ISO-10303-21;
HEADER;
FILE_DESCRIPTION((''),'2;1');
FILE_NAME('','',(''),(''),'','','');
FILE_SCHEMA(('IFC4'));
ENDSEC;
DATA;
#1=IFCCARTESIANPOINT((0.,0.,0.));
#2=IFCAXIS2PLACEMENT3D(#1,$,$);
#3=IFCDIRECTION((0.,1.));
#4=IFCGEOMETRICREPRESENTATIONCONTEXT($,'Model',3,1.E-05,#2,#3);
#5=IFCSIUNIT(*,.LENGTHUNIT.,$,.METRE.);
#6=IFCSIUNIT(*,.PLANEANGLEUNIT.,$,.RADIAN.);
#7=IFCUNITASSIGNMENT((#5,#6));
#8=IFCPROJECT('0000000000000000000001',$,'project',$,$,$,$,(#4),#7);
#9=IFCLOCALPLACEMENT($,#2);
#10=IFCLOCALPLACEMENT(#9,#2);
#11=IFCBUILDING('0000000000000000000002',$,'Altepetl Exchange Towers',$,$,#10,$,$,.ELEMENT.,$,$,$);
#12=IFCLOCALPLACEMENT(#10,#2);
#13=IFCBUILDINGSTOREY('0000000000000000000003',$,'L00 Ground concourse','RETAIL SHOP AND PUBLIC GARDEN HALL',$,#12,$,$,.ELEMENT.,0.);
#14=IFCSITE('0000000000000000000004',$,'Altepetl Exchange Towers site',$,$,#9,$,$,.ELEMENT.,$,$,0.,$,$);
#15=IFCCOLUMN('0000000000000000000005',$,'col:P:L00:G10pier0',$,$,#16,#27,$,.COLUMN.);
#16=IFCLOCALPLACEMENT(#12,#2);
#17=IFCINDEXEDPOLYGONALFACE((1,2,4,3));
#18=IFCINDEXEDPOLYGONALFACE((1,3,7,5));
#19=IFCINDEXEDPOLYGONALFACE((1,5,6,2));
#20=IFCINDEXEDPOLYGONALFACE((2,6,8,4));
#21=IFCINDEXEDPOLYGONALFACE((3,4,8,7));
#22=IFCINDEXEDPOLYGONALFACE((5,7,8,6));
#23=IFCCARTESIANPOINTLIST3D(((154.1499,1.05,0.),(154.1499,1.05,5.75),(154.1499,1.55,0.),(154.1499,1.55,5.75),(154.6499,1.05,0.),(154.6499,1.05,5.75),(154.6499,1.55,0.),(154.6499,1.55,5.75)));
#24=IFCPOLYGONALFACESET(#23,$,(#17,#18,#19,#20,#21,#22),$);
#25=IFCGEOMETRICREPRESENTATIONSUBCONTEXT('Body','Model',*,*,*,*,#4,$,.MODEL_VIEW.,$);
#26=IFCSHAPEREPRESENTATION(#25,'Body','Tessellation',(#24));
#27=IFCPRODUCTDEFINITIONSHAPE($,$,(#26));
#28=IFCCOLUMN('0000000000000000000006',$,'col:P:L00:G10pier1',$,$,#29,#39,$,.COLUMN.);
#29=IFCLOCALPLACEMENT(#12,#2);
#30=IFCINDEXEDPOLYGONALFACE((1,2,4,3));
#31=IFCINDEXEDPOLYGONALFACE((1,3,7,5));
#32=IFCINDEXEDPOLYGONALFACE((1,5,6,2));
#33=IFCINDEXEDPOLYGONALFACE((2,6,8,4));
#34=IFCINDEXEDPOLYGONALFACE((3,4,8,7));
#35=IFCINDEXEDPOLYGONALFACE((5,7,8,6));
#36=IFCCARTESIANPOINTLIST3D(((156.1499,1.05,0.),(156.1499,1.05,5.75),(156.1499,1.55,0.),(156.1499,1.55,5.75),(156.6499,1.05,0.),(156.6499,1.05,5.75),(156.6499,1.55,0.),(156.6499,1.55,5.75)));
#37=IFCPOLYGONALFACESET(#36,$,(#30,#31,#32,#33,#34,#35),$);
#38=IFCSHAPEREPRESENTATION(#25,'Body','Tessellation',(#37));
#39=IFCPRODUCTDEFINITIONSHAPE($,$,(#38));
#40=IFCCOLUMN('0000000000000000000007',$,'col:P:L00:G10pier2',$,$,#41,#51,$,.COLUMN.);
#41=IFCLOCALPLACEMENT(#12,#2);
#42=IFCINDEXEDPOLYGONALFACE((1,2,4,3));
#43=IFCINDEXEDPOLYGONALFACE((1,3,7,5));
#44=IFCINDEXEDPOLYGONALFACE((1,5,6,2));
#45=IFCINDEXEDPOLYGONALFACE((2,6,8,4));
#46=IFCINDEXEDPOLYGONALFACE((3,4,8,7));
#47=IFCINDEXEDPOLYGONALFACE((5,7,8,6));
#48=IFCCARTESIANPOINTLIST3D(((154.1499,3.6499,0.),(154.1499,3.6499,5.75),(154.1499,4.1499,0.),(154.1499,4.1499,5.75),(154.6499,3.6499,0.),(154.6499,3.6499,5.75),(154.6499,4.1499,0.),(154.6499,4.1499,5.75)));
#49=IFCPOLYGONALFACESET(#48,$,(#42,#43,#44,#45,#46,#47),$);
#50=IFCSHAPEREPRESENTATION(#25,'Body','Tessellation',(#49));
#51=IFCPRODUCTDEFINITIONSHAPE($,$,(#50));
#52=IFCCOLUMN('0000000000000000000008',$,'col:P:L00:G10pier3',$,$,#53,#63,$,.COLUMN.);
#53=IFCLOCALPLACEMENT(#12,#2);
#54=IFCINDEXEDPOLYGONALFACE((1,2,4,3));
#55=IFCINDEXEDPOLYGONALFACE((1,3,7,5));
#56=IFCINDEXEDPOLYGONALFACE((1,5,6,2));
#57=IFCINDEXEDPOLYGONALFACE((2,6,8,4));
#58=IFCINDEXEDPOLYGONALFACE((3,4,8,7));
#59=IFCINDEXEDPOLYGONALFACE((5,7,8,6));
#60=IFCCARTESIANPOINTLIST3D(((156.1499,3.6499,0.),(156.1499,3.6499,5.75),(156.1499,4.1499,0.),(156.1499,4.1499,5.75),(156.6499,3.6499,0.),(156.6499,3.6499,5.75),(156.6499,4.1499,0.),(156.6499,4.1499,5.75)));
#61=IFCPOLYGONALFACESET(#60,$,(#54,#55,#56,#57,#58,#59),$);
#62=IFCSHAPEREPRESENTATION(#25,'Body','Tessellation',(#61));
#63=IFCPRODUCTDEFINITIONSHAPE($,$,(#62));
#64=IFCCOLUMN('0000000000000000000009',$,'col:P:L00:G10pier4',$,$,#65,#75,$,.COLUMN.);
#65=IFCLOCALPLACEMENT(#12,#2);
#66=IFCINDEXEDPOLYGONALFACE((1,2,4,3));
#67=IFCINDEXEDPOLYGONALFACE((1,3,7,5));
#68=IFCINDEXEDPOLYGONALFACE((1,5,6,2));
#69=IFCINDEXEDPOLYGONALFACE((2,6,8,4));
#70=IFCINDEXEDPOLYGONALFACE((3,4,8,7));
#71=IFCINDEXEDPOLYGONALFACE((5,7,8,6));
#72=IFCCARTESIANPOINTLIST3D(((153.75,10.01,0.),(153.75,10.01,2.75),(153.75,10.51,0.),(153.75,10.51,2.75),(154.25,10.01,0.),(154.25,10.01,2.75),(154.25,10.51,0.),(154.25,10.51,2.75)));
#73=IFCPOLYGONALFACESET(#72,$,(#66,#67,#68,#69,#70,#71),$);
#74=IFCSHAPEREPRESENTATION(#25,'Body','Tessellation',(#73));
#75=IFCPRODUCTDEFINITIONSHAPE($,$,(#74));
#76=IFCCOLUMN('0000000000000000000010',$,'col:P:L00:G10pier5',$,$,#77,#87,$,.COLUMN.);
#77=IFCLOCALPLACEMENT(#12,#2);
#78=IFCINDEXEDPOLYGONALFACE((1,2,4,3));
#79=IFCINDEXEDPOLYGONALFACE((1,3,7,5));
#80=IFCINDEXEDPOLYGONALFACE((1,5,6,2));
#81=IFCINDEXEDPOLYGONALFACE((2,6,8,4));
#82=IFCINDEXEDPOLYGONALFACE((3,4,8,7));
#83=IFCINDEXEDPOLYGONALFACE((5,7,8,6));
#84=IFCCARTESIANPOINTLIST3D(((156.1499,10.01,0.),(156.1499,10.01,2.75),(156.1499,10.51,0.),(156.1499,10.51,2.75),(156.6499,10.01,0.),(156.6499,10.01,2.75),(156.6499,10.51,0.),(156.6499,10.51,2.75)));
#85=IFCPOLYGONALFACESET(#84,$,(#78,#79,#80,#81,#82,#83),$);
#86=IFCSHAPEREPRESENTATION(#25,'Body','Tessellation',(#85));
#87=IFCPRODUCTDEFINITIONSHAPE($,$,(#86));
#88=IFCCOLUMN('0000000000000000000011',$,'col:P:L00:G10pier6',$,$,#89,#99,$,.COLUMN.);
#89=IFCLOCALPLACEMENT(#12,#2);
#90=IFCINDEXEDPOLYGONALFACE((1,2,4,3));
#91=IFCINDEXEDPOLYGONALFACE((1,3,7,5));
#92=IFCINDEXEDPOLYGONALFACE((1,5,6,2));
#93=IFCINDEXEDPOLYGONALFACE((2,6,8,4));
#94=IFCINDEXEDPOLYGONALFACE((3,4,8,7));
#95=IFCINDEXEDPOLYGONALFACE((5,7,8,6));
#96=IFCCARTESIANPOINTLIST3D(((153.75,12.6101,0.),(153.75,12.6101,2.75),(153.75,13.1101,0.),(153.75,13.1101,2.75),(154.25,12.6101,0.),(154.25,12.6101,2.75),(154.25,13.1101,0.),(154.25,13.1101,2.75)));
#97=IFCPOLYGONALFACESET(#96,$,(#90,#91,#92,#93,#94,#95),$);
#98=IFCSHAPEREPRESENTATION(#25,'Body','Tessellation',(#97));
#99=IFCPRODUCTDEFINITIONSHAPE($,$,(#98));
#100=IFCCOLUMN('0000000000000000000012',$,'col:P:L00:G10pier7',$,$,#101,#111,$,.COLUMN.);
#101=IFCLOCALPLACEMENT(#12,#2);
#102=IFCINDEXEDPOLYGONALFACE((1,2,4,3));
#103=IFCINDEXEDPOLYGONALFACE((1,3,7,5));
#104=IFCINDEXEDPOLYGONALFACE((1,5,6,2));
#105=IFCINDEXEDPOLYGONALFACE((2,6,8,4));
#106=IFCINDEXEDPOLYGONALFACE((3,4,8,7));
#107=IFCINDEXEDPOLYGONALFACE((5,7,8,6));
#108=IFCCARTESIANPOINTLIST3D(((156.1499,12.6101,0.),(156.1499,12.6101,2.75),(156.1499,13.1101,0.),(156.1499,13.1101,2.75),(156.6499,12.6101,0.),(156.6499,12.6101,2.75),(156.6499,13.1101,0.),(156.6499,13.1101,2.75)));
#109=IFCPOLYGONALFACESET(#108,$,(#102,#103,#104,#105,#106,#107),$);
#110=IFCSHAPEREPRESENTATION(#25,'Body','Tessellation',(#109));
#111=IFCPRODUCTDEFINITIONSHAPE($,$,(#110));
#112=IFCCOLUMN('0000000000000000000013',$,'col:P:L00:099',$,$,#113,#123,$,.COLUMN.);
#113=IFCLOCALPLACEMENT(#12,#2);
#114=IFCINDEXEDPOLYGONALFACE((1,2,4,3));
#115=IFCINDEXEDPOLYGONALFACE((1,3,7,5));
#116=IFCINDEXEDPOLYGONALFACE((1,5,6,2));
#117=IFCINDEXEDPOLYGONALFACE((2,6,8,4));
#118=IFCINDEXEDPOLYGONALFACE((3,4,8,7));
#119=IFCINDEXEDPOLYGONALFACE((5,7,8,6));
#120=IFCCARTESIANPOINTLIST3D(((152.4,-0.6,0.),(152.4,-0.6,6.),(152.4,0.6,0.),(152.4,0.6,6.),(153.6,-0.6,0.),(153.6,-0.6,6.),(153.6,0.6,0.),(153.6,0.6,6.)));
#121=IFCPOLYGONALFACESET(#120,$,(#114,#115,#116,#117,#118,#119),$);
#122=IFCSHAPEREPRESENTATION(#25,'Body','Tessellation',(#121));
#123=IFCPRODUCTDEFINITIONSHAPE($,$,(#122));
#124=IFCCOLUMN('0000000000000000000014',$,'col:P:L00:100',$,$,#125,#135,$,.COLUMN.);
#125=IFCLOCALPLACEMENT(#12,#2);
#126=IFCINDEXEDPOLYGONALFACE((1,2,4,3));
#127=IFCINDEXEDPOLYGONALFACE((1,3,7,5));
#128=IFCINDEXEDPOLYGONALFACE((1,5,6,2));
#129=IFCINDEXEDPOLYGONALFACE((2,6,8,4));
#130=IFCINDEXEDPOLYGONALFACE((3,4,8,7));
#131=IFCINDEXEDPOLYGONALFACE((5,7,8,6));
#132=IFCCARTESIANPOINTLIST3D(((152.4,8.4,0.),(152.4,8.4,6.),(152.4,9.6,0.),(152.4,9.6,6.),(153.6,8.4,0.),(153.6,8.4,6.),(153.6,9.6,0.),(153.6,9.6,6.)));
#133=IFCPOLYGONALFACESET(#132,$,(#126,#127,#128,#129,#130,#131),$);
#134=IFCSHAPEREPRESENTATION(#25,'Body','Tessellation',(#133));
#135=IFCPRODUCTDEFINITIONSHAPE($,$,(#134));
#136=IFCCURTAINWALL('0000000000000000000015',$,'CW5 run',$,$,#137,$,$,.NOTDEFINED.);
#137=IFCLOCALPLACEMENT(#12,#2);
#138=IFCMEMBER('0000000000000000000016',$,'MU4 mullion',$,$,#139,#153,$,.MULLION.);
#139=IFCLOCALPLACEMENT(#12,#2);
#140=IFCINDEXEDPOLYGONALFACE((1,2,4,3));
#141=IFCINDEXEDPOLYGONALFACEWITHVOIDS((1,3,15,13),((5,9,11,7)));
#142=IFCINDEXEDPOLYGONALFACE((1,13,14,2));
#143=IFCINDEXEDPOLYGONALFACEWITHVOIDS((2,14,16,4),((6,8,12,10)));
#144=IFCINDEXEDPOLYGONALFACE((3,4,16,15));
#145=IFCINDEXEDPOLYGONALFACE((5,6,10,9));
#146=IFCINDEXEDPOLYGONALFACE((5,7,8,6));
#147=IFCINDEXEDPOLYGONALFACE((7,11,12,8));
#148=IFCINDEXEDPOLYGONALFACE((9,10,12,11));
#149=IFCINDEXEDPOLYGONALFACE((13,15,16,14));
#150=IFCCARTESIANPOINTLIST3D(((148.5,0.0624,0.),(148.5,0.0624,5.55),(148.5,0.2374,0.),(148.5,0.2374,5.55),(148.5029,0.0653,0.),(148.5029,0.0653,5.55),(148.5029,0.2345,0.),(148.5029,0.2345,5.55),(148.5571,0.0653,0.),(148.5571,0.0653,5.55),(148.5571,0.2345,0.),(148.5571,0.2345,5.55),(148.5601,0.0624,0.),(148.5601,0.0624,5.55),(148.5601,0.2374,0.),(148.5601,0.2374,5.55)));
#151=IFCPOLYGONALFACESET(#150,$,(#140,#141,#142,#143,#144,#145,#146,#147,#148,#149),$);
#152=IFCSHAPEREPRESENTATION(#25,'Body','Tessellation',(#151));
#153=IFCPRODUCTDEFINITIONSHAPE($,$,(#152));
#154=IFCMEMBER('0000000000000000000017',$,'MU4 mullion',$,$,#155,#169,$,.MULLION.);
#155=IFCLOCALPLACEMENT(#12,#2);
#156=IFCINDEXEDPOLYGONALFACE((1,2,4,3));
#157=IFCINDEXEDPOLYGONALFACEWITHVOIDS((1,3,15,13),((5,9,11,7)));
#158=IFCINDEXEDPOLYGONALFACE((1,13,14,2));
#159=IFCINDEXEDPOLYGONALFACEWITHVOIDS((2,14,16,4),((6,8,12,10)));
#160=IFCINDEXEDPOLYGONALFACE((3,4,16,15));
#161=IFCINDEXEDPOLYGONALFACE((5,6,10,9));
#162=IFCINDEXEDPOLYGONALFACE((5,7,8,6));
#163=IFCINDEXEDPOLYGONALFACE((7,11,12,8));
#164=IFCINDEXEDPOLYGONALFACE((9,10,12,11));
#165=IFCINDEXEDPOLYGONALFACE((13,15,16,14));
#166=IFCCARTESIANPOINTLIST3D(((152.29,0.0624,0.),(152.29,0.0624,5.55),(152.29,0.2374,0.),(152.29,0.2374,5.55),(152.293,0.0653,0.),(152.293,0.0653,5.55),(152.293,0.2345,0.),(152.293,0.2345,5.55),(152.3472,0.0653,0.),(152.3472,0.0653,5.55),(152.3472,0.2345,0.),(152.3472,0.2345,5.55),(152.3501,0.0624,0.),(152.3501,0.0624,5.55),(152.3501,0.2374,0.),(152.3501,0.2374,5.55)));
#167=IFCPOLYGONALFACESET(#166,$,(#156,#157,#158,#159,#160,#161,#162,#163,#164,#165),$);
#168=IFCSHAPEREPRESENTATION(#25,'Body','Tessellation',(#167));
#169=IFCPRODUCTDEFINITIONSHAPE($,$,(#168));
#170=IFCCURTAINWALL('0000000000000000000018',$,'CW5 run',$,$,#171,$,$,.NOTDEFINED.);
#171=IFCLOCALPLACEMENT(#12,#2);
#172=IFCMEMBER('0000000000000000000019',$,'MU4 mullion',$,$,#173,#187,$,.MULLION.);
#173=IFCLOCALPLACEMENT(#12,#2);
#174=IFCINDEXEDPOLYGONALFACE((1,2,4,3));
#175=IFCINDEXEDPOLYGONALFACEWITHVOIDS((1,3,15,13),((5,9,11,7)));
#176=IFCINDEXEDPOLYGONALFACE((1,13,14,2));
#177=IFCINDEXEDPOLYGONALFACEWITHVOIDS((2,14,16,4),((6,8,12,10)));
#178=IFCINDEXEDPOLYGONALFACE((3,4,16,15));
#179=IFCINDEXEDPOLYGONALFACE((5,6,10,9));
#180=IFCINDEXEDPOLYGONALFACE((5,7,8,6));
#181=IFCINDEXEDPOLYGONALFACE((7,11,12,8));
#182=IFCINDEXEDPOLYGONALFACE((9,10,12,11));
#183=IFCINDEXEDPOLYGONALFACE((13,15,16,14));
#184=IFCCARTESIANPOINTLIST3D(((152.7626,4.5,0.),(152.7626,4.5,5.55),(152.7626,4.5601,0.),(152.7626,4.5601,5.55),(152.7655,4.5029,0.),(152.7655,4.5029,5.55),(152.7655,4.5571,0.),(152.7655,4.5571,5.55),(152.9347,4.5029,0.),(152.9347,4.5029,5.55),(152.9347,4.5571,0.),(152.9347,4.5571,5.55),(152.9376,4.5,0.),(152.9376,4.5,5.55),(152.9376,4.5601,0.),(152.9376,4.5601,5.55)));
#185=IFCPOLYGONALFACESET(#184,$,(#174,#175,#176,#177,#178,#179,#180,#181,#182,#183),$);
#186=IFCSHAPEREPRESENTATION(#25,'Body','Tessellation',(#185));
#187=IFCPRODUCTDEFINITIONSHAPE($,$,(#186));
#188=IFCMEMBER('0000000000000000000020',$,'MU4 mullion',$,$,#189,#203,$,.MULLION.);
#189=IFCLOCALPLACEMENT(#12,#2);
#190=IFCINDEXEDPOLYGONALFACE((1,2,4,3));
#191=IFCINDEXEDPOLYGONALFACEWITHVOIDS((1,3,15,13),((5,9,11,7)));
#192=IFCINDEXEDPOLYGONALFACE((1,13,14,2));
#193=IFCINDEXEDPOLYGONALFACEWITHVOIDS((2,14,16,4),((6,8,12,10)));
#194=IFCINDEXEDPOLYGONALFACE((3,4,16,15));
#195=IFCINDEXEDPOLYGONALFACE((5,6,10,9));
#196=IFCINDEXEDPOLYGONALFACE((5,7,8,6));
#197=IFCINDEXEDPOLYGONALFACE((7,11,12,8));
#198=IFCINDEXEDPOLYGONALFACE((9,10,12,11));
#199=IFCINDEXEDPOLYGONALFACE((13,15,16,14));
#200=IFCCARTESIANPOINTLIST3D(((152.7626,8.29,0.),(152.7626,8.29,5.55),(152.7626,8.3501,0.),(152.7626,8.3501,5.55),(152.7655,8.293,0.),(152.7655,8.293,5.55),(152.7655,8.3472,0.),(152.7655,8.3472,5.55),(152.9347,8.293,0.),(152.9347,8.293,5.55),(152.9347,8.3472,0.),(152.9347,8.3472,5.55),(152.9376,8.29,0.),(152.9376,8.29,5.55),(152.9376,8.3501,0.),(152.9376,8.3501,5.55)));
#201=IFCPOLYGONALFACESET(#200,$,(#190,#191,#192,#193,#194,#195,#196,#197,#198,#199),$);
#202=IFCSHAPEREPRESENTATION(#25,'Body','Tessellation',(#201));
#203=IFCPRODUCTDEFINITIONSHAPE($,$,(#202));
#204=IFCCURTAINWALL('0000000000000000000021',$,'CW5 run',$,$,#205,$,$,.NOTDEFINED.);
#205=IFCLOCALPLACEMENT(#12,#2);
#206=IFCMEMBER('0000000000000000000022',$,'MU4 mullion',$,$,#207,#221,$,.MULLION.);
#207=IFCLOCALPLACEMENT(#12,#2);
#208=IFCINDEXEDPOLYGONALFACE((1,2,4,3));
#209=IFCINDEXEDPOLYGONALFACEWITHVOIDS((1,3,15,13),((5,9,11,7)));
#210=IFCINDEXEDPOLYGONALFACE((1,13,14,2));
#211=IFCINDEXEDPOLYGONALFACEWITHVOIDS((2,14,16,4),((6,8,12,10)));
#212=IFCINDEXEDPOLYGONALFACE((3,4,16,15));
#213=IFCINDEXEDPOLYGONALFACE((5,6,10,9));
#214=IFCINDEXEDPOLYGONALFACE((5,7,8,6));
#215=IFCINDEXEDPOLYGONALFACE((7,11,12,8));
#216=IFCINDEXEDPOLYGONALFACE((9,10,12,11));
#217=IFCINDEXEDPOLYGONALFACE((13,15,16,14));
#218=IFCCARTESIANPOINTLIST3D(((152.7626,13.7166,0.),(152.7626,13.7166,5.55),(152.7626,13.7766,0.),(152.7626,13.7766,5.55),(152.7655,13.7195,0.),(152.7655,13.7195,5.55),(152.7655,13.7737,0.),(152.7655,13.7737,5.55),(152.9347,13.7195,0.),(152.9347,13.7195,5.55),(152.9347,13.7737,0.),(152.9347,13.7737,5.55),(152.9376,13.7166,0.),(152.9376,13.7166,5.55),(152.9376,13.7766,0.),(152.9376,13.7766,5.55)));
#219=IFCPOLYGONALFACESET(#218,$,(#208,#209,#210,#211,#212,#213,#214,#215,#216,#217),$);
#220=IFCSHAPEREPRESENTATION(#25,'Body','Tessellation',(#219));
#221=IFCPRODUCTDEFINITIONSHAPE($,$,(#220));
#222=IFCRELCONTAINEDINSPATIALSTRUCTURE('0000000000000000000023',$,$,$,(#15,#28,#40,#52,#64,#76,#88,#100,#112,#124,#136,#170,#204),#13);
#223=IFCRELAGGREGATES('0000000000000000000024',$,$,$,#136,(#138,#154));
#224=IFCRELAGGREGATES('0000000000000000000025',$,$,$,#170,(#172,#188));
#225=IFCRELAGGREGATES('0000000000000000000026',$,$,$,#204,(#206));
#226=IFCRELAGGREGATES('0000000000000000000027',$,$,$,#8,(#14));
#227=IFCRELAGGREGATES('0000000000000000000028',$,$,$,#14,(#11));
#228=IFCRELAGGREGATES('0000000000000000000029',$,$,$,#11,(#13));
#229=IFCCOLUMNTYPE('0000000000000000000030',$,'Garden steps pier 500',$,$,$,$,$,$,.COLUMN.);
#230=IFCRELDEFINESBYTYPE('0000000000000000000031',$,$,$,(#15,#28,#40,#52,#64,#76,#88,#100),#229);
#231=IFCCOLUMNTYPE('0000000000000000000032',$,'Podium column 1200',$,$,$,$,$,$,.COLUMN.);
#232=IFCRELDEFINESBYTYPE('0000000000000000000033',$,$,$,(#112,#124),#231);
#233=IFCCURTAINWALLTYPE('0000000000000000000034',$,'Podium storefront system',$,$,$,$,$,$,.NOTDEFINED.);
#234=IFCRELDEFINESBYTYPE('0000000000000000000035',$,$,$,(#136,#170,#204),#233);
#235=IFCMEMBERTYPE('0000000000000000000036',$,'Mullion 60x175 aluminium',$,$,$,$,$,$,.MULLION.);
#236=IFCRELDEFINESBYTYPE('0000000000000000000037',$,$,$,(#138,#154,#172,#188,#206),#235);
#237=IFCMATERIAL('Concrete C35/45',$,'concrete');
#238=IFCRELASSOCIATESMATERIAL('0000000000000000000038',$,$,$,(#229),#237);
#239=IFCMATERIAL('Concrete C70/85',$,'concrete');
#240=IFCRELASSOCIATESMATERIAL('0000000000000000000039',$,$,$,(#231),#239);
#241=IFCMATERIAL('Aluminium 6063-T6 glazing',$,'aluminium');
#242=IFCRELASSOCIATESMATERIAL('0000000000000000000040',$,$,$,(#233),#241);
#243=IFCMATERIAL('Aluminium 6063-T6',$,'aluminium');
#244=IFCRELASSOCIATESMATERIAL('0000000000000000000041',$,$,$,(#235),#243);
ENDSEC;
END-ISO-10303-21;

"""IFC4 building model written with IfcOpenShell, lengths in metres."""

from ifc_helpers import new_model, si_unit, direction, frame, origin, origin_2d, place, context, subcontext, project, spatial, rectangle, hollow_rectangle, extrude, material, material_profile, profile_set, type_object, element, aggregate, save


model = new_model("IFC4")

# Units and contexts
model_context = context("Model", 3, precision=1e-05, world=origin(), true_north=direction((0.0, 1.0)))
body_context = subcontext(model_context, "Body", "Model", "MODEL_VIEW")
ifc_project = project(units=[si_unit("LENGTHUNIT", "METRE"), si_unit("PLANEANGLEUNIT", "RADIAN")], contexts=[model_context])

# Site, building, storey
site_placement = place(None, origin())
site = spatial("IfcSite", under=ifc_project, at=site_placement, Name="Altepetl Exchange Towers site", CompositionType="ELEMENT", RefElevation=0.0)
building_placement = place(site_placement, origin())
building = spatial("IfcBuilding", under=site, at=building_placement, Name="Altepetl Exchange Towers", CompositionType="ELEMENT")
storey_placement = place(building_placement, origin())
storey = spatial("IfcBuildingStorey", under=building, at=storey_placement, Name="L00 Ground concourse", Description="RETAIL SHOP AND PUBLIC GARDEN HALL", CompositionType="ELEMENT", Elevation=0.0)

# Columns
ifc_material_1 = material(Name="Concrete C35/45", Category="concrete")
ifc_material_profile_1 = material_profile(ifc_material_1, rectangle(XDim=0.5, YDim=0.5, at=origin_2d()), Name="500 x 500")
ifc_profile_set_1 = profile_set([ifc_material_profile_1], Name="Concrete C35/45")
column_type_1 = type_object("IfcColumnType", Name="Garden steps pier 500", PredefinedType="COLUMN", material=ifc_profile_set_1)
for number, where, name in (
    (1, (154.3999, 1.3, 0.0), "col:P:L00:G10pier0"),
    (2, (156.3999, 1.3, 0.0), "col:P:L00:G10pier1"),
    (3, (154.3999, 3.8999, 0.0), "col:P:L00:G10pier2"),
    (4, (156.3999, 3.8999, 0.0), "col:P:L00:G10pier3"),
):
    element("IfcColumn", number, at=place(storey_placement, frame(where)), inside=storey, type_object=column_type_1, Name=name, PredefinedType="COLUMN", context=body_context, shape_type="SweptSolid", body=[
        extrude(rectangle(XDim=0.5, YDim=0.5, at=origin_2d()), origin(), (0.0, 0.0, 1.0), 5.75),
    ])
for number, where, name in (
    (5, (154.0, 10.26, 0.0), "col:P:L00:G10pier4"),
    (6, (156.3999, 10.26, 0.0), "col:P:L00:G10pier5"),
    (7, (154.0, 12.8601, 0.0), "col:P:L00:G10pier6"),
    (8, (156.3999, 12.8601, 0.0), "col:P:L00:G10pier7"),
):
    element("IfcColumn", number, at=place(storey_placement, frame(where)), inside=storey, type_object=column_type_1, Name=name, PredefinedType="COLUMN", context=body_context, shape_type="SweptSolid", body=[
        extrude(rectangle(XDim=0.5, YDim=0.5, at=origin_2d()), origin(), (0.0, 0.0, 1.0), 2.75),
    ])
ifc_material_2 = material(Name="Concrete C70/85", Category="concrete")
ifc_material_profile_2 = material_profile(ifc_material_2, rectangle(XDim=1.2, YDim=1.2, at=origin_2d()), Name="1200 x 1200")
ifc_profile_set_2 = profile_set([ifc_material_profile_2], Name="Concrete C70/85")
column_type_2 = type_object("IfcColumnType", Name="Podium column 1200", PredefinedType="COLUMN", material=ifc_profile_set_2)
for number, where, name in (
    (9, (153.0, 0.0, 0.0), "col:P:L00:099"),
    (10, (153.0, 9.0, 0.0), "col:P:L00:100"),
):
    element("IfcColumn", number, at=place(storey_placement, frame(where)), inside=storey, type_object=column_type_2, Name=name, PredefinedType="COLUMN", context=body_context, shape_type="SweptSolid", body=[
        extrude(rectangle(XDim=1.2, YDim=1.2, at=origin_2d()), origin(), (0.0, 0.0, 1.0), 6.0),
    ])

# Curtain walls, members
ifc_material_3 = material(Name="Aluminium 6063-T6 glazing", Category="aluminium")
curtain_wall_type = type_object("IfcCurtainWallType", Name="Podium storefront system", PredefinedType="NOTDEFINED", material=ifc_material_3)
curtain_wall_1_placement = place(storey_placement, origin())
curtain_wall_1 = element("IfcCurtainWall", 11, at=curtain_wall_1_placement, inside=storey, type_object=curtain_wall_type, Name="CW5 run", PredefinedType="NOTDEFINED")
ifc_material_4 = material(Name="Aluminium 6063-T6", Category="aluminium")
ifc_material_profile_3 = material_profile(ifc_material_4, hollow_rectangle(XDim=0.0601, YDim=0.175, WallThickness=0.0029, at=origin_2d()), Name="Mullion 60x175 aluminium")
ifc_profile_set_3 = profile_set([ifc_material_profile_3], Name="Aluminium 6063-T6")
member_type_1 = type_object("IfcMemberType", Name="Mullion 60x175 aluminium", PredefinedType="MULLION", material=ifc_profile_set_3)
member_1_placement = place(storey_placement, frame((148.53, 0.1499, 0.0)))
member_1 = element("IfcMember", 12, at=member_1_placement, type_object=member_type_1, Name="MU4 mullion", PredefinedType="MULLION", context=body_context, shape_type="SweptSolid", body=[
    extrude(hollow_rectangle(XDim=0.0601, YDim=0.175, WallThickness=0.0029, at=origin_2d()), origin(), (0.0, 0.0, 1.0), 5.55),
])
member_2_placement = place(storey_placement, frame((152.3201, 0.1499, 0.0)))
member_2 = element("IfcMember", 13, at=member_2_placement, type_object=member_type_1, Name="MU4 mullion", PredefinedType="MULLION", context=body_context, shape_type="SweptSolid", body=[
    extrude(hollow_rectangle(XDim=0.0601, YDim=0.175, WallThickness=0.0029, at=origin_2d()), origin(), (0.0, 0.0, 1.0), 5.55),
])
curtain_wall_2_placement = place(storey_placement, origin())
curtain_wall_2 = element("IfcCurtainWall", 14, at=curtain_wall_2_placement, inside=storey, type_object=curtain_wall_type, Name="CW5 run", PredefinedType="NOTDEFINED")
member_3_placement = place(storey_placement, frame((152.8501, 4.53, 0.0), z_axis=(0.0, 0.0, 1.0), x_axis=(0.0, 1.0, 0.0)))
member_3 = element("IfcMember", 15, at=member_3_placement, type_object=member_type_1, Name="MU4 mullion", PredefinedType="MULLION", context=body_context, shape_type="SweptSolid", body=[
    extrude(hollow_rectangle(XDim=0.0601, YDim=0.175, WallThickness=0.0029, at=origin_2d()), origin(), (0.0, 0.0, 1.0), 5.55),
])
member_4_placement = place(storey_placement, frame((152.8501, 8.3201, 0.0), z_axis=(0.0, 0.0, 1.0), x_axis=(0.0, 1.0, 0.0)))
member_4 = element("IfcMember", 16, at=member_4_placement, type_object=member_type_1, Name="MU4 mullion", PredefinedType="MULLION", context=body_context, shape_type="SweptSolid", body=[
    extrude(hollow_rectangle(XDim=0.0601, YDim=0.175, WallThickness=0.0029, at=origin_2d()), origin(), (0.0, 0.0, 1.0), 5.55),
])
curtain_wall_3_placement = place(storey_placement, origin())
curtain_wall_3 = element("IfcCurtainWall", 17, at=curtain_wall_3_placement, inside=storey, type_object=curtain_wall_type, Name="CW5 run", PredefinedType="NOTDEFINED")
member_5_placement = place(storey_placement, frame((152.8501, 13.7466, 0.0), z_axis=(0.0, 0.0, 1.0), x_axis=(0.0, 1.0, 0.0)))
member_5 = element("IfcMember", 18, at=member_5_placement, type_object=member_type_1, Name="MU4 mullion", PredefinedType="MULLION", context=body_context, shape_type="SweptSolid", body=[
    extrude(hollow_rectangle(XDim=0.0601, YDim=0.175, WallThickness=0.0029, at=origin_2d()), origin(), (0.0, 0.0, 1.0), 5.55),
])

aggregate(curtain_wall_1, [member_1, member_2])
aggregate(curtain_wall_2, [member_3, member_4])
aggregate(curtain_wall_3, [member_5])

save(model, "model.ifc")
